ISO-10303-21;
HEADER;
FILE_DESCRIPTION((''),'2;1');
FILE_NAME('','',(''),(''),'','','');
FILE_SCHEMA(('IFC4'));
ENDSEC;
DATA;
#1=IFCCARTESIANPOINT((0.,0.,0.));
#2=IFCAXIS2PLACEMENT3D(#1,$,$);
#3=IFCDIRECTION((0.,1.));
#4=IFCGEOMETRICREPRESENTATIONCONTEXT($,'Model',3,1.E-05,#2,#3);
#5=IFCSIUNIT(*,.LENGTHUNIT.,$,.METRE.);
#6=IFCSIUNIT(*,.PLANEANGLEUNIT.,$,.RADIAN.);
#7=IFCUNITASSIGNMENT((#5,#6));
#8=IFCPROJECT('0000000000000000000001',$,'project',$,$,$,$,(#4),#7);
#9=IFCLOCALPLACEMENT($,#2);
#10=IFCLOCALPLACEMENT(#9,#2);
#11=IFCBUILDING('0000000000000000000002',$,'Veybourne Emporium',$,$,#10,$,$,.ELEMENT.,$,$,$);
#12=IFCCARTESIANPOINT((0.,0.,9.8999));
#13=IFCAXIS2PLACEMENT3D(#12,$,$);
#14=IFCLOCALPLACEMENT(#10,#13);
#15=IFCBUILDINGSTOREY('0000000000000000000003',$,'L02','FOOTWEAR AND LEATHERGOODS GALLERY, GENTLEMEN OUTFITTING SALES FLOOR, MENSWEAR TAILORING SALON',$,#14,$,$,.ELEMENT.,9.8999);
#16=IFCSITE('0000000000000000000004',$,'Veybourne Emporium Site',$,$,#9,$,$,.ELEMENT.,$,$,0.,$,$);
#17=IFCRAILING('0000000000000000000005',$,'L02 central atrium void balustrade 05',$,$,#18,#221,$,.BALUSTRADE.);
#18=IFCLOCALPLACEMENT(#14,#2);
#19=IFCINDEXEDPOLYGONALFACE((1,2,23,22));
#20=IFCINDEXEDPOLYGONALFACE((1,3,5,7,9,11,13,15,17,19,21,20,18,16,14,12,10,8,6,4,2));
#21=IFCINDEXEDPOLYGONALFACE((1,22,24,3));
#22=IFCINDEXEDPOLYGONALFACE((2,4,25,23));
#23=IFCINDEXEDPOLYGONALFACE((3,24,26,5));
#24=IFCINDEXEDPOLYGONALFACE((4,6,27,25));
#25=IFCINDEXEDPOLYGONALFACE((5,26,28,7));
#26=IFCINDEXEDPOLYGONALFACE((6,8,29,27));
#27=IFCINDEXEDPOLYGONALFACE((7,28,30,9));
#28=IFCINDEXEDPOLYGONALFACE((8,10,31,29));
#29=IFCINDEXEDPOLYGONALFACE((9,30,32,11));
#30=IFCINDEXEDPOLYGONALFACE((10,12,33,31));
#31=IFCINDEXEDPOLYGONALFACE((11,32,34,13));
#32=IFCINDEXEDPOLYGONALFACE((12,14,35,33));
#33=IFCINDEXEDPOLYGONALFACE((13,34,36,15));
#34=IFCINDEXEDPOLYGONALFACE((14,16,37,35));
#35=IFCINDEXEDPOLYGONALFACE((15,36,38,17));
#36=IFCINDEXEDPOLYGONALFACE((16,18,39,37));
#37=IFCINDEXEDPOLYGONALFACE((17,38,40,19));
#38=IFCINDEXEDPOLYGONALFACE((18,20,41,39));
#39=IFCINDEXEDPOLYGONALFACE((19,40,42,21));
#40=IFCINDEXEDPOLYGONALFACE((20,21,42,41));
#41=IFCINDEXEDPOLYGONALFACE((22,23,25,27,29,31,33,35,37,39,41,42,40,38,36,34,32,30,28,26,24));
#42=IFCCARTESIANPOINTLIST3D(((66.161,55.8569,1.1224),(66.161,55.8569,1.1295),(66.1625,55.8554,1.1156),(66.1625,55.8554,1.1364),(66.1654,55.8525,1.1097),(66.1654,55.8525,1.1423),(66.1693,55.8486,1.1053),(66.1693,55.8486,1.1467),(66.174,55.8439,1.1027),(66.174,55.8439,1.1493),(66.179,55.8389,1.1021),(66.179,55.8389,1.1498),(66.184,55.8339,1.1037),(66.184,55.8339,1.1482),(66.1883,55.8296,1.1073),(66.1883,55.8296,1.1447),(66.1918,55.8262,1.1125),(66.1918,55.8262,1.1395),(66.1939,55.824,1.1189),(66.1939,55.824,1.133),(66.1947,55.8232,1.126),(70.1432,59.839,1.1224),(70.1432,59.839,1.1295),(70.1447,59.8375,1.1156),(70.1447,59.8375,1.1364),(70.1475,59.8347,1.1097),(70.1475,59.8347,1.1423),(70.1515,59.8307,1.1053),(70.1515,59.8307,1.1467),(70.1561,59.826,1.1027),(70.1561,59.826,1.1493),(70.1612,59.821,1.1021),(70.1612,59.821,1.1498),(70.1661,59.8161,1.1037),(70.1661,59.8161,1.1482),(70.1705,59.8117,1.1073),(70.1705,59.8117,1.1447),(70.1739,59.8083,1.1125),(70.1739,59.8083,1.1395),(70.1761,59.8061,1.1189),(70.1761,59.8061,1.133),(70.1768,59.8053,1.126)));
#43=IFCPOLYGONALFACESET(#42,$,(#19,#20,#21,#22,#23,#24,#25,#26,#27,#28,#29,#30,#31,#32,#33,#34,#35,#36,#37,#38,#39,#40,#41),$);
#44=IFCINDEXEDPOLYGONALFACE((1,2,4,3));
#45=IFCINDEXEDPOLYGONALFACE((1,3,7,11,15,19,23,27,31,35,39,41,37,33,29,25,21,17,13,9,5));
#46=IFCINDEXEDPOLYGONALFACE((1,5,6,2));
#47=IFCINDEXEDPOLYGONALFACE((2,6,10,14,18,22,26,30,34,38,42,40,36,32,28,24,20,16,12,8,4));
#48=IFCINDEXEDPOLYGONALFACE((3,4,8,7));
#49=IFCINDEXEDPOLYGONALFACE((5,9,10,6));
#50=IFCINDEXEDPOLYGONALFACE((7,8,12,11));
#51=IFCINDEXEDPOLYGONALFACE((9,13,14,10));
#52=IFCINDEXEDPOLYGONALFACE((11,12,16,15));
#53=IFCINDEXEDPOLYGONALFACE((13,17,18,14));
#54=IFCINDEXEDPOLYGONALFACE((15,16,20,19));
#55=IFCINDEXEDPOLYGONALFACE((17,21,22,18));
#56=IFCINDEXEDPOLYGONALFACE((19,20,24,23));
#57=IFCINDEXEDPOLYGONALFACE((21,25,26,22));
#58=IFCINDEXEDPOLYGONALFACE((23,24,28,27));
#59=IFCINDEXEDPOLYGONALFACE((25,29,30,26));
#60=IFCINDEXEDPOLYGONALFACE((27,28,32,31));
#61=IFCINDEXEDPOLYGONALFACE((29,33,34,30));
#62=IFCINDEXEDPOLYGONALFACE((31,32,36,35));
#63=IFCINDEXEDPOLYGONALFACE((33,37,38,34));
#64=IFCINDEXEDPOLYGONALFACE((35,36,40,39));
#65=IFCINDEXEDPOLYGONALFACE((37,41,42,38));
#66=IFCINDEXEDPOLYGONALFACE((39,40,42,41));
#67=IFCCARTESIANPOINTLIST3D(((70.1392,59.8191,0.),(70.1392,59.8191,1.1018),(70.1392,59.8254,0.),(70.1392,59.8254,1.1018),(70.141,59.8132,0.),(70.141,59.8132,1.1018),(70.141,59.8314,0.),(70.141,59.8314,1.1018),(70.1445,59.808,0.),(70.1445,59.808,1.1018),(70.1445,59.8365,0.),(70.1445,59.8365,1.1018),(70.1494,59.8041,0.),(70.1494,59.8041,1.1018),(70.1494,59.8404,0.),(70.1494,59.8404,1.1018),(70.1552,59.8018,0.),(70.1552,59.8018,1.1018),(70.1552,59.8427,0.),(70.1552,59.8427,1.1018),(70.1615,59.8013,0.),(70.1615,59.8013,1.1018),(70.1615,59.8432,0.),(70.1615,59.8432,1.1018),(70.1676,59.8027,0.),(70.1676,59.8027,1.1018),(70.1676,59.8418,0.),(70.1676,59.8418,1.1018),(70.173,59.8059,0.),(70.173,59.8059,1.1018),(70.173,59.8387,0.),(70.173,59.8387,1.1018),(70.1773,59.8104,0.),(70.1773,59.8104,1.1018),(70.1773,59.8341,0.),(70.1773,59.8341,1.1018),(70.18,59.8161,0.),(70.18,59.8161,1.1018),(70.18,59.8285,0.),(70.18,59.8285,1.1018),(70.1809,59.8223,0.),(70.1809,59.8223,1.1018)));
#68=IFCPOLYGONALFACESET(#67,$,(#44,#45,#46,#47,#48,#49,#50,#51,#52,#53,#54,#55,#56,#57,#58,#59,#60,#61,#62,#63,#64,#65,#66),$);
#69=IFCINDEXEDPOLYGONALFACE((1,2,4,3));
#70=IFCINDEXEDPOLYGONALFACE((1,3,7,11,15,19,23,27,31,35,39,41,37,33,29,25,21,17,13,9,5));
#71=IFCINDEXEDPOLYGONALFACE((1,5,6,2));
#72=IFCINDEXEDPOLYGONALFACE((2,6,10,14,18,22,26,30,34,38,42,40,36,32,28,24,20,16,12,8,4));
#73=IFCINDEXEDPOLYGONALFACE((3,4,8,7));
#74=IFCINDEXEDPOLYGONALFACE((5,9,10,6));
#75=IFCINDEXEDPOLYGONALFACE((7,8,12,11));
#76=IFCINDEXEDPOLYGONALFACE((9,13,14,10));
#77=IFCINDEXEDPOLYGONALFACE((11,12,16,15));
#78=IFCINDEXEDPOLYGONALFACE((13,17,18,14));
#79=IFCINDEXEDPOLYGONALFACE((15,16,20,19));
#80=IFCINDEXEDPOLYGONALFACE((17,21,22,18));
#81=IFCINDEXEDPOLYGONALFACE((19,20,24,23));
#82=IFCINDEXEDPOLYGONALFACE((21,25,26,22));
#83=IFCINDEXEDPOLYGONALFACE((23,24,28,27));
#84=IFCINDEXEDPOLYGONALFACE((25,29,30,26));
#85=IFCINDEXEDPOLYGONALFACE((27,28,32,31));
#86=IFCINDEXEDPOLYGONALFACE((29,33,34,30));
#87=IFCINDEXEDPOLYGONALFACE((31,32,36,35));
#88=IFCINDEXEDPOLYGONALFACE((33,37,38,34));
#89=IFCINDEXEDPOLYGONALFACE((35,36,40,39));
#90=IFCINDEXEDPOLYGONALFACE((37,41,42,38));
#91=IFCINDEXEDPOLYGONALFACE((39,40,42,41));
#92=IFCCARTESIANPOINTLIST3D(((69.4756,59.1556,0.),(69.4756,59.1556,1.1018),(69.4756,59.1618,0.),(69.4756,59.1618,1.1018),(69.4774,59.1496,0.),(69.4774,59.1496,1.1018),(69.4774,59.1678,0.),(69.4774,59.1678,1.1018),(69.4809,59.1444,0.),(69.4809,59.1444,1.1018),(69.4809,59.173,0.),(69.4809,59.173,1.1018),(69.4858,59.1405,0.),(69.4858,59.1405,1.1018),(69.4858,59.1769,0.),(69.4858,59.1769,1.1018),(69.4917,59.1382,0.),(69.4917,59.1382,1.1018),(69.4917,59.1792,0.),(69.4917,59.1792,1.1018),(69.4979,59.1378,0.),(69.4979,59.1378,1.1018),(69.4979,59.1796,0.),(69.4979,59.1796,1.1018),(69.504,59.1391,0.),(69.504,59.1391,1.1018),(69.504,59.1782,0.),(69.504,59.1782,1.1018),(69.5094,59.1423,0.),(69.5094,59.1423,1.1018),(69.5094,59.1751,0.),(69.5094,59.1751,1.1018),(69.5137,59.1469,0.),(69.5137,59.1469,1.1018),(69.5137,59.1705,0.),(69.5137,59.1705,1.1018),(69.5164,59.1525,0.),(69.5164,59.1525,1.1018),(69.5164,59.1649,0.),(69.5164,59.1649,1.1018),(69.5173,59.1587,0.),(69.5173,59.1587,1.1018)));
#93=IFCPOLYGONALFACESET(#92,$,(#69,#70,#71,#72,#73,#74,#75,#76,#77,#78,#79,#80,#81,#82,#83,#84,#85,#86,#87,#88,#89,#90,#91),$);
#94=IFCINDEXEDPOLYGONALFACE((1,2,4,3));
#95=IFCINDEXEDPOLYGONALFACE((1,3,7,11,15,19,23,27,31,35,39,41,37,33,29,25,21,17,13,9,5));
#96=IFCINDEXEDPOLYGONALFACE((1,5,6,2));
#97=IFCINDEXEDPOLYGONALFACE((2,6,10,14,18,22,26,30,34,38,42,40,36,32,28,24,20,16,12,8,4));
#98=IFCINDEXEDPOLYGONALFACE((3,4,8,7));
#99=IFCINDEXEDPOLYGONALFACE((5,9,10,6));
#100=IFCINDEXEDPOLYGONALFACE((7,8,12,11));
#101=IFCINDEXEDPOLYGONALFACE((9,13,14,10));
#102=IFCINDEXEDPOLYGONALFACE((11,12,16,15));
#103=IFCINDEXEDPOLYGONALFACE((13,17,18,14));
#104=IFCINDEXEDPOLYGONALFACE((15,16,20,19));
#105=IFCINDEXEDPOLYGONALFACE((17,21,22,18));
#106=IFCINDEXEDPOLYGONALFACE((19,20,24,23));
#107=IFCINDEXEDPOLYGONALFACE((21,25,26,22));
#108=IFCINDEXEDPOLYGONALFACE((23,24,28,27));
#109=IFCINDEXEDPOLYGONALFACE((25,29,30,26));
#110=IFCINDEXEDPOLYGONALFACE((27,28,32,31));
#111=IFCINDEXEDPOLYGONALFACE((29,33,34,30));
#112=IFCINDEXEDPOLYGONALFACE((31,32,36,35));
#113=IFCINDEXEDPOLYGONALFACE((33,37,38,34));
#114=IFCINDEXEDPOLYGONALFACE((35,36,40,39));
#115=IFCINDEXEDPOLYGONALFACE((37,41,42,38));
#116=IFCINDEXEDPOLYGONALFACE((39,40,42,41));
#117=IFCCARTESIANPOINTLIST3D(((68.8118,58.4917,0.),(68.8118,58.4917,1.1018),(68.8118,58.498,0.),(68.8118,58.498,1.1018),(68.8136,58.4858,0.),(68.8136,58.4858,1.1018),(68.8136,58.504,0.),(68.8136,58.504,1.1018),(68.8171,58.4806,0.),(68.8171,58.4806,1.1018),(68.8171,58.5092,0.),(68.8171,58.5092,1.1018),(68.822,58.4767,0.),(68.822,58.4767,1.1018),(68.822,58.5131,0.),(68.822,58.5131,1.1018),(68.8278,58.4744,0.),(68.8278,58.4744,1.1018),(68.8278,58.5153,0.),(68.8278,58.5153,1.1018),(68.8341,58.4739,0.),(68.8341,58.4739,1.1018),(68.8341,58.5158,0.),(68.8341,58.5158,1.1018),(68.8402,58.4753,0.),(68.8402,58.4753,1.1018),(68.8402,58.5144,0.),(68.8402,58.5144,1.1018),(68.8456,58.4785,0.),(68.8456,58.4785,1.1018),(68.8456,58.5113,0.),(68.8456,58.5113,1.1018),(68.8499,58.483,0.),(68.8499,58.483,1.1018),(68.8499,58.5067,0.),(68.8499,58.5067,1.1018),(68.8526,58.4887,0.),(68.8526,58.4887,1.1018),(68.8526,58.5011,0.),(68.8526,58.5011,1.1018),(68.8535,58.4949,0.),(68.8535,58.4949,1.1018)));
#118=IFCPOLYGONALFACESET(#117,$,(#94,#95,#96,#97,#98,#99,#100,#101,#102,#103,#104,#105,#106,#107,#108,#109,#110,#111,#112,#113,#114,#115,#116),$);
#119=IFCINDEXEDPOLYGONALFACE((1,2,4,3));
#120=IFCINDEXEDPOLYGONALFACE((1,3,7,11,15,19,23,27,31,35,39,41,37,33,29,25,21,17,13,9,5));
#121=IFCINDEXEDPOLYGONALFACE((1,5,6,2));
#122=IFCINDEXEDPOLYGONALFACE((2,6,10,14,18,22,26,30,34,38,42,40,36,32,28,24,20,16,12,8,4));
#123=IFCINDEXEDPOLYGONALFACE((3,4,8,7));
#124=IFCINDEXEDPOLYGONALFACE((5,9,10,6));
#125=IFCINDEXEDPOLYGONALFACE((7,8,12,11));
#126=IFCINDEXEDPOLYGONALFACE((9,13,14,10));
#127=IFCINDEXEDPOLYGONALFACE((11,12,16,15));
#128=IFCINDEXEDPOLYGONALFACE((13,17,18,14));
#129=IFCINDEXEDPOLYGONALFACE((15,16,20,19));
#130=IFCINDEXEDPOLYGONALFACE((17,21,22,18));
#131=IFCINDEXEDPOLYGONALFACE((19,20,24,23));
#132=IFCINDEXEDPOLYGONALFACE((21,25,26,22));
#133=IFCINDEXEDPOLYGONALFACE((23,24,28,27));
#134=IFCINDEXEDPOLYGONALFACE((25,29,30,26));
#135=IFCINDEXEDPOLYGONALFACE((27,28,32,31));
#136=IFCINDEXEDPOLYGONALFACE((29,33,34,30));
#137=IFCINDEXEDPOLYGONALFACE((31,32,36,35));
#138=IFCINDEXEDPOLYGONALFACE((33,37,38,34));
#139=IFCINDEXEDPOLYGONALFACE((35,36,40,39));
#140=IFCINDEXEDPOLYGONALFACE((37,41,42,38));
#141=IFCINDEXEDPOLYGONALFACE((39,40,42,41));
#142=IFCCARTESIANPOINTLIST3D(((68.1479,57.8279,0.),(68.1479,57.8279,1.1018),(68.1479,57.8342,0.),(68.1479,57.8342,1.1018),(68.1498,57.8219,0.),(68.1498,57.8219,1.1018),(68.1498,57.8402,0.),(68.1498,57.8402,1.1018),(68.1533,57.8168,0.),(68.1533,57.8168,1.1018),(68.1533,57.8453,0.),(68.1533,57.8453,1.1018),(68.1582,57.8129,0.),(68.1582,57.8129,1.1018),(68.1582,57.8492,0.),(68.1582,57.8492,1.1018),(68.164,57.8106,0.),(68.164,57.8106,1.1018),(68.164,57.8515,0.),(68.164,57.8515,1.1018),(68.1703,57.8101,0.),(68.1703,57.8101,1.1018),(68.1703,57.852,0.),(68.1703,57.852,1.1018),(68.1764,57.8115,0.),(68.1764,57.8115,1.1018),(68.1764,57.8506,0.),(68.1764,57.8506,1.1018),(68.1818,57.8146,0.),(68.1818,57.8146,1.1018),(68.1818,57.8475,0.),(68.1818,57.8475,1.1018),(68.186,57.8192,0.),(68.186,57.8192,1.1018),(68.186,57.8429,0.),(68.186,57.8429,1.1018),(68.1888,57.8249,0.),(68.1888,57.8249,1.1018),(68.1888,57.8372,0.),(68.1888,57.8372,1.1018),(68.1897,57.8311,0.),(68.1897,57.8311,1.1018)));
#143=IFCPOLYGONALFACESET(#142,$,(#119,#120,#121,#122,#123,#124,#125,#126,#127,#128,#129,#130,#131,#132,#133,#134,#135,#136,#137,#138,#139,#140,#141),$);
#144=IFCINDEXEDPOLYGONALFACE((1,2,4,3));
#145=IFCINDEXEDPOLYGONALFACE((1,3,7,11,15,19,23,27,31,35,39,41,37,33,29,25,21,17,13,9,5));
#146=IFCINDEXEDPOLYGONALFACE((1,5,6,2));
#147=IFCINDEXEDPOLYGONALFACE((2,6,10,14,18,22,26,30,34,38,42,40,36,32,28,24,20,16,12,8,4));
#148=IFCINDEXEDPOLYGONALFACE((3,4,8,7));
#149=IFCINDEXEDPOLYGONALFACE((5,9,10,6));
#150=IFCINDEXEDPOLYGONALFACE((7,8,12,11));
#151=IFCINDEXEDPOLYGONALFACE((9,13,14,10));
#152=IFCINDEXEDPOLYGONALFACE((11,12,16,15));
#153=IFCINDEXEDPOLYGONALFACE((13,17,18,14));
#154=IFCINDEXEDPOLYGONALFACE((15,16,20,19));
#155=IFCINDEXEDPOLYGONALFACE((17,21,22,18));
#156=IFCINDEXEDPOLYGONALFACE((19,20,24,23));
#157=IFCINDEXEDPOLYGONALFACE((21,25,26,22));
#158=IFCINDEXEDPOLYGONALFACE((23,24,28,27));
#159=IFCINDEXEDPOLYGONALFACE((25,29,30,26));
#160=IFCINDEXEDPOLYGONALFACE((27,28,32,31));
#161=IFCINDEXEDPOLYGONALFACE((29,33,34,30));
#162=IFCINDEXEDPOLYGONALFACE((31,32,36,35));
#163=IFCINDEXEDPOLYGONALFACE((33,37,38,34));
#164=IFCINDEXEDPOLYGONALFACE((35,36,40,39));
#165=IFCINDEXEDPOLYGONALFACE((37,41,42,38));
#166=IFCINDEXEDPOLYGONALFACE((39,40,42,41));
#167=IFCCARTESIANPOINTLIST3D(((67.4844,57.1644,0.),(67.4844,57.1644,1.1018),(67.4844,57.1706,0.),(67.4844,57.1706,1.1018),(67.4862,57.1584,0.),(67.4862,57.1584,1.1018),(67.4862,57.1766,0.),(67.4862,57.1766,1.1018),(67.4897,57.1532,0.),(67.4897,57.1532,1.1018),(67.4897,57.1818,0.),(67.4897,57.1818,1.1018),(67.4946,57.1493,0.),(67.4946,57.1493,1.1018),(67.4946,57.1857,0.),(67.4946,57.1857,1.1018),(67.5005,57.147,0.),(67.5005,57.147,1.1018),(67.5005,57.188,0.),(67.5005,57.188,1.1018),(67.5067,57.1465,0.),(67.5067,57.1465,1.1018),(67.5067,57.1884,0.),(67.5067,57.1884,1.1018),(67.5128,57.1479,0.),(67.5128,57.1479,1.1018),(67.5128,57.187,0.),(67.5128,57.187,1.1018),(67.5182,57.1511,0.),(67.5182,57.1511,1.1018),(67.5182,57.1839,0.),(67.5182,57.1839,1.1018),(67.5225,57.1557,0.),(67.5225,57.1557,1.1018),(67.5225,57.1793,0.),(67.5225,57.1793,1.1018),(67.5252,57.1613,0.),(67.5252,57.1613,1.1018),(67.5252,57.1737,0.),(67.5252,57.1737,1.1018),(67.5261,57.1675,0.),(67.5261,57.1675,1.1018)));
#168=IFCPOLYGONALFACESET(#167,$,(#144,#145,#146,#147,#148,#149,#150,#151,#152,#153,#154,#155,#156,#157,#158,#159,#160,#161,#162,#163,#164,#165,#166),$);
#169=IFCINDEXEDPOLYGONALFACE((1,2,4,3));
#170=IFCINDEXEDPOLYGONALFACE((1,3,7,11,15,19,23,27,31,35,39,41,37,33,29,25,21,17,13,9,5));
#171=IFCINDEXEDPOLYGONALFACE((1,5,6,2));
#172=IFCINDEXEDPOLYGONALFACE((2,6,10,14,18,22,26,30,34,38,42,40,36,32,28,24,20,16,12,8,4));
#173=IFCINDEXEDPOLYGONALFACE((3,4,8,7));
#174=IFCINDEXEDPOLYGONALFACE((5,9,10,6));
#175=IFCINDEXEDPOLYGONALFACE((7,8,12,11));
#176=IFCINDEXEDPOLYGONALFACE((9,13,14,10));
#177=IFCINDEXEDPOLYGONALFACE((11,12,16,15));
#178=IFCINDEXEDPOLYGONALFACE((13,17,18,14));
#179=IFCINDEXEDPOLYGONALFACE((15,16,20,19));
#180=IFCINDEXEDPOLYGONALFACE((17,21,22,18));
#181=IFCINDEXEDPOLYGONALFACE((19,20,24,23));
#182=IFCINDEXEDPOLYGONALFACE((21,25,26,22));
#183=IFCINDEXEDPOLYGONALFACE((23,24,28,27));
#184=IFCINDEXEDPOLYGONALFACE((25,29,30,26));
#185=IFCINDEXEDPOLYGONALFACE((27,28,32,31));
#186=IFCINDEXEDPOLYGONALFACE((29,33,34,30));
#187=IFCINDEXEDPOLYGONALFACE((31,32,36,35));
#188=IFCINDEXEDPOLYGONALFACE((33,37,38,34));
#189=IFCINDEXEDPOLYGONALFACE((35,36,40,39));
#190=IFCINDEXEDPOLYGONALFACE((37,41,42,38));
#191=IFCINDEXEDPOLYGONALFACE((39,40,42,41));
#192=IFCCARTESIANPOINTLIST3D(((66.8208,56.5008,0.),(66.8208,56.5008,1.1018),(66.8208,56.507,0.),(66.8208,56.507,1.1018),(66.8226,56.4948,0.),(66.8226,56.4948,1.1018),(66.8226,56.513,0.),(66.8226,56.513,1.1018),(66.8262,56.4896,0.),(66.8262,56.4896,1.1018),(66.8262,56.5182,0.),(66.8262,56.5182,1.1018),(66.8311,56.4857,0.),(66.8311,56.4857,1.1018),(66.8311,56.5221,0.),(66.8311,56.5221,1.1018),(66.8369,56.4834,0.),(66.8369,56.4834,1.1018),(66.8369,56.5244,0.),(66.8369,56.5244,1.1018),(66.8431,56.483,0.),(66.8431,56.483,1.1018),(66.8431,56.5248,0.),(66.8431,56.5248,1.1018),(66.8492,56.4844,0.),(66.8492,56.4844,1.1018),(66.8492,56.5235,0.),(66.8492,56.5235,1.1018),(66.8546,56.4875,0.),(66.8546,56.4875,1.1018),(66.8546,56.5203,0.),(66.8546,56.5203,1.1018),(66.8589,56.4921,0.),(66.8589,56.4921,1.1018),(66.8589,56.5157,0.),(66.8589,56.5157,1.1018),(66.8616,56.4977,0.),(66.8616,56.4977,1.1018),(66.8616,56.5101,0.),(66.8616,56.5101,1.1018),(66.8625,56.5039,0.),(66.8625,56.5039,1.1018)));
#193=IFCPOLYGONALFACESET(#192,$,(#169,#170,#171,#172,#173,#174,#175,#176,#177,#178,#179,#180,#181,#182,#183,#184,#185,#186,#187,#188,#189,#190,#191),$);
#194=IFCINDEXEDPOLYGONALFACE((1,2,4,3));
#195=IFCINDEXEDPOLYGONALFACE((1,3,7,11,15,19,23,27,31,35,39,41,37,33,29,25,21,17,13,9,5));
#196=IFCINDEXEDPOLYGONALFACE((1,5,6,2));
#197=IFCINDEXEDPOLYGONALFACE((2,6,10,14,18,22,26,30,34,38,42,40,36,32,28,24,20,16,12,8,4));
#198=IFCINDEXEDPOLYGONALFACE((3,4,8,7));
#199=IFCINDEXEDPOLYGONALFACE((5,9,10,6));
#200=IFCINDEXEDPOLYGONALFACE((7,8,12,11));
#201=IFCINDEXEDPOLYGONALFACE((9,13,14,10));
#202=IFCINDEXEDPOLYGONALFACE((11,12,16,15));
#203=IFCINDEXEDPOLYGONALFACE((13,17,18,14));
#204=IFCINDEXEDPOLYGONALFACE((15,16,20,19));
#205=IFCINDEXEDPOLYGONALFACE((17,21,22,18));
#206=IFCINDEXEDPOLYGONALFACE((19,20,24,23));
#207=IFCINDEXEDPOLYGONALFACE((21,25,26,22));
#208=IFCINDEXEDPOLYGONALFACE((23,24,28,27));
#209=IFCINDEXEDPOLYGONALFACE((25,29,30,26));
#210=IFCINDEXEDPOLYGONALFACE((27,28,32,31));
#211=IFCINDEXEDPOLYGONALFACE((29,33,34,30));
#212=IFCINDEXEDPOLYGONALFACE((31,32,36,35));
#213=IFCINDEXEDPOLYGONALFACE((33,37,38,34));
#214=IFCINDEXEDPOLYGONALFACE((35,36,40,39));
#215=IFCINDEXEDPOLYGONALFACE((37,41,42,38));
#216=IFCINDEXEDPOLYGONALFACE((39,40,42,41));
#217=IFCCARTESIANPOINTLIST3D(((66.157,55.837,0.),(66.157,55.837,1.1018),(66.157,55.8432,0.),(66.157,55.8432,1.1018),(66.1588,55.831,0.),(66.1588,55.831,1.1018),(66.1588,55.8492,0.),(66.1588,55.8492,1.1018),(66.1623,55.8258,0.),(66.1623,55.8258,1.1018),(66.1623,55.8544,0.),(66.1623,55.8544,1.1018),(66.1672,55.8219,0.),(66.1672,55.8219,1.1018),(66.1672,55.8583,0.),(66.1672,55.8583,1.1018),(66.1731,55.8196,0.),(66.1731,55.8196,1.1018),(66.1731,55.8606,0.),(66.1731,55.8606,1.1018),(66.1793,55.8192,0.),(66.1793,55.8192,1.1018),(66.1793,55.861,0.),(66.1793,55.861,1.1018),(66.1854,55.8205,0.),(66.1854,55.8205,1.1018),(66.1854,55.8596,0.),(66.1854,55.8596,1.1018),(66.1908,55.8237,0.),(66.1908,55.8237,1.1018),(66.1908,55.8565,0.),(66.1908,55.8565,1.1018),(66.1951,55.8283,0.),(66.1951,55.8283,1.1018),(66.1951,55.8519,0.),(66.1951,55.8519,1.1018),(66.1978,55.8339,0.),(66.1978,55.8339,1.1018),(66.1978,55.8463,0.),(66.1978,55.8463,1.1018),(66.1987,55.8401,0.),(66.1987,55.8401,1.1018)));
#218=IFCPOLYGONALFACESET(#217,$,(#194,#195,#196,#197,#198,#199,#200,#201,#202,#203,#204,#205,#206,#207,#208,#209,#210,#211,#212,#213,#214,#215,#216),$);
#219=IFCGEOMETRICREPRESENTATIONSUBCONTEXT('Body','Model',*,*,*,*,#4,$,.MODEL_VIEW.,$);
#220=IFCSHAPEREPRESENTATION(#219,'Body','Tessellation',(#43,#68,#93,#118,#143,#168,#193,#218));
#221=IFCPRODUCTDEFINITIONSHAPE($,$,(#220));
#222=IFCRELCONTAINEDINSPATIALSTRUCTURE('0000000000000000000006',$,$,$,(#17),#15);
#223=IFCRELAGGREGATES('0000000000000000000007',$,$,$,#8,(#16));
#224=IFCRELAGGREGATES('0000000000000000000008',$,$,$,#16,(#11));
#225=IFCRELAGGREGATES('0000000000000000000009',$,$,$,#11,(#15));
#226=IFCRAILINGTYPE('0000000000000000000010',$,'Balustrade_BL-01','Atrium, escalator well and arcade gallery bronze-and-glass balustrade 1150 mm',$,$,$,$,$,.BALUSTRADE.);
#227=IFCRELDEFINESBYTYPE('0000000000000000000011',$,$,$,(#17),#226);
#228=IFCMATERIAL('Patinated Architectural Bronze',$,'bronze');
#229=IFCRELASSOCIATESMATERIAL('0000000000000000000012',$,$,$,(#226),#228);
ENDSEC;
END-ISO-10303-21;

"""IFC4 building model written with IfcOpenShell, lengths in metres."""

from ifc_helpers import new_model, si_unit, direction, frame, origin, origin_2d, place, context, subcontext, project, spatial, circle, extrude, material, type_object, element, save


model = new_model("IFC4")

# Units and contexts
model_context = context("Model", 3, precision=1e-05, world=origin(), true_north=direction((0.0, 1.0)))
body_context = subcontext(model_context, "Body", "Model", "MODEL_VIEW")
ifc_project = project(units=[si_unit("LENGTHUNIT", "METRE"), si_unit("PLANEANGLEUNIT", "RADIAN")], contexts=[model_context])

# Site, building, storey
site_placement = place(None, origin())
site = spatial("IfcSite", under=ifc_project, at=site_placement, Name="Veybourne Emporium Site", CompositionType="ELEMENT", RefElevation=0.0)
building_placement = place(site_placement, origin())
building = spatial("IfcBuilding", under=site, at=building_placement, Name="Veybourne Emporium", CompositionType="ELEMENT")
storey_placement = place(building_placement, frame((0.0, 0.0, 9.8999)))
storey = spatial("IfcBuildingStorey", under=building, at=storey_placement, Name="L02", Description="FOOTWEAR AND LEATHERGOODS GALLERY, GENTLEMEN OUTFITTING SALES FLOOR, MENSWEAR TAILORING SALON", CompositionType="ELEMENT", Elevation=9.8999)

# Railing
ifc_material_1 = material(Name="Patinated Architectural Bronze", Category="bronze")
railing_type = type_object("IfcRailingType", Name="Balustrade_BL-01", Description="Atrium, escalator well and arcade gallery bronze-and-glass balustrade 1150 mm", PredefinedType="BALUSTRADE", material=ifc_material_1)
railing_1_placement = place(storey_placement, frame((70.1599, 59.8223, 0.0)))
element("IfcRailing", 1, at=railing_1_placement, inside=storey, type_object=railing_type, Name="L02 central atrium void balustrade 05", PredefinedType="BALUSTRADE", context=body_context, shape_type="SweptSolid", body=[
    extrude(circle(Radius=0.0239, at=origin_2d()), frame((0.0, 0.0, 1.126), z_axis=(-0.707107, -0.707107, 0.0), x_axis=(0.707107, -0.707107, 0.0)), (0.0, 0.0, 1.0), 5.6316),
    extrude(circle(Radius=0.021, at=origin_2d()), origin(), (0.0, 0.0, 1.0), 1.1018),
    extrude(circle(Radius=0.021, at=origin_2d()), frame((-0.6636, -0.6636, 0.0)), (0.0, 0.0, 1.0), 1.1018),
    extrude(circle(Radius=0.021, at=origin_2d()), frame((-1.3274, -1.3274, 0.0)), (0.0, 0.0, 1.0), 1.1018),
    extrude(circle(Radius=0.021, at=origin_2d()), frame((-1.9912, -1.9912, 0.0)), (0.0, 0.0, 1.0), 1.1018),
    extrude(circle(Radius=0.021, at=origin_2d()), frame((-2.6548, -2.6548, 0.0)), (0.0, 0.0, 1.0), 1.1018),
    extrude(circle(Radius=0.021, at=origin_2d()), frame((-3.3184, -3.3184, 0.0)), (0.0, 0.0, 1.0), 1.1018),
    extrude(circle(Radius=0.021, at=origin_2d()), frame((-3.9822, -3.9822, 0.0)), (0.0, 0.0, 1.0), 1.1018),
])

save(model, "model.ifc")
